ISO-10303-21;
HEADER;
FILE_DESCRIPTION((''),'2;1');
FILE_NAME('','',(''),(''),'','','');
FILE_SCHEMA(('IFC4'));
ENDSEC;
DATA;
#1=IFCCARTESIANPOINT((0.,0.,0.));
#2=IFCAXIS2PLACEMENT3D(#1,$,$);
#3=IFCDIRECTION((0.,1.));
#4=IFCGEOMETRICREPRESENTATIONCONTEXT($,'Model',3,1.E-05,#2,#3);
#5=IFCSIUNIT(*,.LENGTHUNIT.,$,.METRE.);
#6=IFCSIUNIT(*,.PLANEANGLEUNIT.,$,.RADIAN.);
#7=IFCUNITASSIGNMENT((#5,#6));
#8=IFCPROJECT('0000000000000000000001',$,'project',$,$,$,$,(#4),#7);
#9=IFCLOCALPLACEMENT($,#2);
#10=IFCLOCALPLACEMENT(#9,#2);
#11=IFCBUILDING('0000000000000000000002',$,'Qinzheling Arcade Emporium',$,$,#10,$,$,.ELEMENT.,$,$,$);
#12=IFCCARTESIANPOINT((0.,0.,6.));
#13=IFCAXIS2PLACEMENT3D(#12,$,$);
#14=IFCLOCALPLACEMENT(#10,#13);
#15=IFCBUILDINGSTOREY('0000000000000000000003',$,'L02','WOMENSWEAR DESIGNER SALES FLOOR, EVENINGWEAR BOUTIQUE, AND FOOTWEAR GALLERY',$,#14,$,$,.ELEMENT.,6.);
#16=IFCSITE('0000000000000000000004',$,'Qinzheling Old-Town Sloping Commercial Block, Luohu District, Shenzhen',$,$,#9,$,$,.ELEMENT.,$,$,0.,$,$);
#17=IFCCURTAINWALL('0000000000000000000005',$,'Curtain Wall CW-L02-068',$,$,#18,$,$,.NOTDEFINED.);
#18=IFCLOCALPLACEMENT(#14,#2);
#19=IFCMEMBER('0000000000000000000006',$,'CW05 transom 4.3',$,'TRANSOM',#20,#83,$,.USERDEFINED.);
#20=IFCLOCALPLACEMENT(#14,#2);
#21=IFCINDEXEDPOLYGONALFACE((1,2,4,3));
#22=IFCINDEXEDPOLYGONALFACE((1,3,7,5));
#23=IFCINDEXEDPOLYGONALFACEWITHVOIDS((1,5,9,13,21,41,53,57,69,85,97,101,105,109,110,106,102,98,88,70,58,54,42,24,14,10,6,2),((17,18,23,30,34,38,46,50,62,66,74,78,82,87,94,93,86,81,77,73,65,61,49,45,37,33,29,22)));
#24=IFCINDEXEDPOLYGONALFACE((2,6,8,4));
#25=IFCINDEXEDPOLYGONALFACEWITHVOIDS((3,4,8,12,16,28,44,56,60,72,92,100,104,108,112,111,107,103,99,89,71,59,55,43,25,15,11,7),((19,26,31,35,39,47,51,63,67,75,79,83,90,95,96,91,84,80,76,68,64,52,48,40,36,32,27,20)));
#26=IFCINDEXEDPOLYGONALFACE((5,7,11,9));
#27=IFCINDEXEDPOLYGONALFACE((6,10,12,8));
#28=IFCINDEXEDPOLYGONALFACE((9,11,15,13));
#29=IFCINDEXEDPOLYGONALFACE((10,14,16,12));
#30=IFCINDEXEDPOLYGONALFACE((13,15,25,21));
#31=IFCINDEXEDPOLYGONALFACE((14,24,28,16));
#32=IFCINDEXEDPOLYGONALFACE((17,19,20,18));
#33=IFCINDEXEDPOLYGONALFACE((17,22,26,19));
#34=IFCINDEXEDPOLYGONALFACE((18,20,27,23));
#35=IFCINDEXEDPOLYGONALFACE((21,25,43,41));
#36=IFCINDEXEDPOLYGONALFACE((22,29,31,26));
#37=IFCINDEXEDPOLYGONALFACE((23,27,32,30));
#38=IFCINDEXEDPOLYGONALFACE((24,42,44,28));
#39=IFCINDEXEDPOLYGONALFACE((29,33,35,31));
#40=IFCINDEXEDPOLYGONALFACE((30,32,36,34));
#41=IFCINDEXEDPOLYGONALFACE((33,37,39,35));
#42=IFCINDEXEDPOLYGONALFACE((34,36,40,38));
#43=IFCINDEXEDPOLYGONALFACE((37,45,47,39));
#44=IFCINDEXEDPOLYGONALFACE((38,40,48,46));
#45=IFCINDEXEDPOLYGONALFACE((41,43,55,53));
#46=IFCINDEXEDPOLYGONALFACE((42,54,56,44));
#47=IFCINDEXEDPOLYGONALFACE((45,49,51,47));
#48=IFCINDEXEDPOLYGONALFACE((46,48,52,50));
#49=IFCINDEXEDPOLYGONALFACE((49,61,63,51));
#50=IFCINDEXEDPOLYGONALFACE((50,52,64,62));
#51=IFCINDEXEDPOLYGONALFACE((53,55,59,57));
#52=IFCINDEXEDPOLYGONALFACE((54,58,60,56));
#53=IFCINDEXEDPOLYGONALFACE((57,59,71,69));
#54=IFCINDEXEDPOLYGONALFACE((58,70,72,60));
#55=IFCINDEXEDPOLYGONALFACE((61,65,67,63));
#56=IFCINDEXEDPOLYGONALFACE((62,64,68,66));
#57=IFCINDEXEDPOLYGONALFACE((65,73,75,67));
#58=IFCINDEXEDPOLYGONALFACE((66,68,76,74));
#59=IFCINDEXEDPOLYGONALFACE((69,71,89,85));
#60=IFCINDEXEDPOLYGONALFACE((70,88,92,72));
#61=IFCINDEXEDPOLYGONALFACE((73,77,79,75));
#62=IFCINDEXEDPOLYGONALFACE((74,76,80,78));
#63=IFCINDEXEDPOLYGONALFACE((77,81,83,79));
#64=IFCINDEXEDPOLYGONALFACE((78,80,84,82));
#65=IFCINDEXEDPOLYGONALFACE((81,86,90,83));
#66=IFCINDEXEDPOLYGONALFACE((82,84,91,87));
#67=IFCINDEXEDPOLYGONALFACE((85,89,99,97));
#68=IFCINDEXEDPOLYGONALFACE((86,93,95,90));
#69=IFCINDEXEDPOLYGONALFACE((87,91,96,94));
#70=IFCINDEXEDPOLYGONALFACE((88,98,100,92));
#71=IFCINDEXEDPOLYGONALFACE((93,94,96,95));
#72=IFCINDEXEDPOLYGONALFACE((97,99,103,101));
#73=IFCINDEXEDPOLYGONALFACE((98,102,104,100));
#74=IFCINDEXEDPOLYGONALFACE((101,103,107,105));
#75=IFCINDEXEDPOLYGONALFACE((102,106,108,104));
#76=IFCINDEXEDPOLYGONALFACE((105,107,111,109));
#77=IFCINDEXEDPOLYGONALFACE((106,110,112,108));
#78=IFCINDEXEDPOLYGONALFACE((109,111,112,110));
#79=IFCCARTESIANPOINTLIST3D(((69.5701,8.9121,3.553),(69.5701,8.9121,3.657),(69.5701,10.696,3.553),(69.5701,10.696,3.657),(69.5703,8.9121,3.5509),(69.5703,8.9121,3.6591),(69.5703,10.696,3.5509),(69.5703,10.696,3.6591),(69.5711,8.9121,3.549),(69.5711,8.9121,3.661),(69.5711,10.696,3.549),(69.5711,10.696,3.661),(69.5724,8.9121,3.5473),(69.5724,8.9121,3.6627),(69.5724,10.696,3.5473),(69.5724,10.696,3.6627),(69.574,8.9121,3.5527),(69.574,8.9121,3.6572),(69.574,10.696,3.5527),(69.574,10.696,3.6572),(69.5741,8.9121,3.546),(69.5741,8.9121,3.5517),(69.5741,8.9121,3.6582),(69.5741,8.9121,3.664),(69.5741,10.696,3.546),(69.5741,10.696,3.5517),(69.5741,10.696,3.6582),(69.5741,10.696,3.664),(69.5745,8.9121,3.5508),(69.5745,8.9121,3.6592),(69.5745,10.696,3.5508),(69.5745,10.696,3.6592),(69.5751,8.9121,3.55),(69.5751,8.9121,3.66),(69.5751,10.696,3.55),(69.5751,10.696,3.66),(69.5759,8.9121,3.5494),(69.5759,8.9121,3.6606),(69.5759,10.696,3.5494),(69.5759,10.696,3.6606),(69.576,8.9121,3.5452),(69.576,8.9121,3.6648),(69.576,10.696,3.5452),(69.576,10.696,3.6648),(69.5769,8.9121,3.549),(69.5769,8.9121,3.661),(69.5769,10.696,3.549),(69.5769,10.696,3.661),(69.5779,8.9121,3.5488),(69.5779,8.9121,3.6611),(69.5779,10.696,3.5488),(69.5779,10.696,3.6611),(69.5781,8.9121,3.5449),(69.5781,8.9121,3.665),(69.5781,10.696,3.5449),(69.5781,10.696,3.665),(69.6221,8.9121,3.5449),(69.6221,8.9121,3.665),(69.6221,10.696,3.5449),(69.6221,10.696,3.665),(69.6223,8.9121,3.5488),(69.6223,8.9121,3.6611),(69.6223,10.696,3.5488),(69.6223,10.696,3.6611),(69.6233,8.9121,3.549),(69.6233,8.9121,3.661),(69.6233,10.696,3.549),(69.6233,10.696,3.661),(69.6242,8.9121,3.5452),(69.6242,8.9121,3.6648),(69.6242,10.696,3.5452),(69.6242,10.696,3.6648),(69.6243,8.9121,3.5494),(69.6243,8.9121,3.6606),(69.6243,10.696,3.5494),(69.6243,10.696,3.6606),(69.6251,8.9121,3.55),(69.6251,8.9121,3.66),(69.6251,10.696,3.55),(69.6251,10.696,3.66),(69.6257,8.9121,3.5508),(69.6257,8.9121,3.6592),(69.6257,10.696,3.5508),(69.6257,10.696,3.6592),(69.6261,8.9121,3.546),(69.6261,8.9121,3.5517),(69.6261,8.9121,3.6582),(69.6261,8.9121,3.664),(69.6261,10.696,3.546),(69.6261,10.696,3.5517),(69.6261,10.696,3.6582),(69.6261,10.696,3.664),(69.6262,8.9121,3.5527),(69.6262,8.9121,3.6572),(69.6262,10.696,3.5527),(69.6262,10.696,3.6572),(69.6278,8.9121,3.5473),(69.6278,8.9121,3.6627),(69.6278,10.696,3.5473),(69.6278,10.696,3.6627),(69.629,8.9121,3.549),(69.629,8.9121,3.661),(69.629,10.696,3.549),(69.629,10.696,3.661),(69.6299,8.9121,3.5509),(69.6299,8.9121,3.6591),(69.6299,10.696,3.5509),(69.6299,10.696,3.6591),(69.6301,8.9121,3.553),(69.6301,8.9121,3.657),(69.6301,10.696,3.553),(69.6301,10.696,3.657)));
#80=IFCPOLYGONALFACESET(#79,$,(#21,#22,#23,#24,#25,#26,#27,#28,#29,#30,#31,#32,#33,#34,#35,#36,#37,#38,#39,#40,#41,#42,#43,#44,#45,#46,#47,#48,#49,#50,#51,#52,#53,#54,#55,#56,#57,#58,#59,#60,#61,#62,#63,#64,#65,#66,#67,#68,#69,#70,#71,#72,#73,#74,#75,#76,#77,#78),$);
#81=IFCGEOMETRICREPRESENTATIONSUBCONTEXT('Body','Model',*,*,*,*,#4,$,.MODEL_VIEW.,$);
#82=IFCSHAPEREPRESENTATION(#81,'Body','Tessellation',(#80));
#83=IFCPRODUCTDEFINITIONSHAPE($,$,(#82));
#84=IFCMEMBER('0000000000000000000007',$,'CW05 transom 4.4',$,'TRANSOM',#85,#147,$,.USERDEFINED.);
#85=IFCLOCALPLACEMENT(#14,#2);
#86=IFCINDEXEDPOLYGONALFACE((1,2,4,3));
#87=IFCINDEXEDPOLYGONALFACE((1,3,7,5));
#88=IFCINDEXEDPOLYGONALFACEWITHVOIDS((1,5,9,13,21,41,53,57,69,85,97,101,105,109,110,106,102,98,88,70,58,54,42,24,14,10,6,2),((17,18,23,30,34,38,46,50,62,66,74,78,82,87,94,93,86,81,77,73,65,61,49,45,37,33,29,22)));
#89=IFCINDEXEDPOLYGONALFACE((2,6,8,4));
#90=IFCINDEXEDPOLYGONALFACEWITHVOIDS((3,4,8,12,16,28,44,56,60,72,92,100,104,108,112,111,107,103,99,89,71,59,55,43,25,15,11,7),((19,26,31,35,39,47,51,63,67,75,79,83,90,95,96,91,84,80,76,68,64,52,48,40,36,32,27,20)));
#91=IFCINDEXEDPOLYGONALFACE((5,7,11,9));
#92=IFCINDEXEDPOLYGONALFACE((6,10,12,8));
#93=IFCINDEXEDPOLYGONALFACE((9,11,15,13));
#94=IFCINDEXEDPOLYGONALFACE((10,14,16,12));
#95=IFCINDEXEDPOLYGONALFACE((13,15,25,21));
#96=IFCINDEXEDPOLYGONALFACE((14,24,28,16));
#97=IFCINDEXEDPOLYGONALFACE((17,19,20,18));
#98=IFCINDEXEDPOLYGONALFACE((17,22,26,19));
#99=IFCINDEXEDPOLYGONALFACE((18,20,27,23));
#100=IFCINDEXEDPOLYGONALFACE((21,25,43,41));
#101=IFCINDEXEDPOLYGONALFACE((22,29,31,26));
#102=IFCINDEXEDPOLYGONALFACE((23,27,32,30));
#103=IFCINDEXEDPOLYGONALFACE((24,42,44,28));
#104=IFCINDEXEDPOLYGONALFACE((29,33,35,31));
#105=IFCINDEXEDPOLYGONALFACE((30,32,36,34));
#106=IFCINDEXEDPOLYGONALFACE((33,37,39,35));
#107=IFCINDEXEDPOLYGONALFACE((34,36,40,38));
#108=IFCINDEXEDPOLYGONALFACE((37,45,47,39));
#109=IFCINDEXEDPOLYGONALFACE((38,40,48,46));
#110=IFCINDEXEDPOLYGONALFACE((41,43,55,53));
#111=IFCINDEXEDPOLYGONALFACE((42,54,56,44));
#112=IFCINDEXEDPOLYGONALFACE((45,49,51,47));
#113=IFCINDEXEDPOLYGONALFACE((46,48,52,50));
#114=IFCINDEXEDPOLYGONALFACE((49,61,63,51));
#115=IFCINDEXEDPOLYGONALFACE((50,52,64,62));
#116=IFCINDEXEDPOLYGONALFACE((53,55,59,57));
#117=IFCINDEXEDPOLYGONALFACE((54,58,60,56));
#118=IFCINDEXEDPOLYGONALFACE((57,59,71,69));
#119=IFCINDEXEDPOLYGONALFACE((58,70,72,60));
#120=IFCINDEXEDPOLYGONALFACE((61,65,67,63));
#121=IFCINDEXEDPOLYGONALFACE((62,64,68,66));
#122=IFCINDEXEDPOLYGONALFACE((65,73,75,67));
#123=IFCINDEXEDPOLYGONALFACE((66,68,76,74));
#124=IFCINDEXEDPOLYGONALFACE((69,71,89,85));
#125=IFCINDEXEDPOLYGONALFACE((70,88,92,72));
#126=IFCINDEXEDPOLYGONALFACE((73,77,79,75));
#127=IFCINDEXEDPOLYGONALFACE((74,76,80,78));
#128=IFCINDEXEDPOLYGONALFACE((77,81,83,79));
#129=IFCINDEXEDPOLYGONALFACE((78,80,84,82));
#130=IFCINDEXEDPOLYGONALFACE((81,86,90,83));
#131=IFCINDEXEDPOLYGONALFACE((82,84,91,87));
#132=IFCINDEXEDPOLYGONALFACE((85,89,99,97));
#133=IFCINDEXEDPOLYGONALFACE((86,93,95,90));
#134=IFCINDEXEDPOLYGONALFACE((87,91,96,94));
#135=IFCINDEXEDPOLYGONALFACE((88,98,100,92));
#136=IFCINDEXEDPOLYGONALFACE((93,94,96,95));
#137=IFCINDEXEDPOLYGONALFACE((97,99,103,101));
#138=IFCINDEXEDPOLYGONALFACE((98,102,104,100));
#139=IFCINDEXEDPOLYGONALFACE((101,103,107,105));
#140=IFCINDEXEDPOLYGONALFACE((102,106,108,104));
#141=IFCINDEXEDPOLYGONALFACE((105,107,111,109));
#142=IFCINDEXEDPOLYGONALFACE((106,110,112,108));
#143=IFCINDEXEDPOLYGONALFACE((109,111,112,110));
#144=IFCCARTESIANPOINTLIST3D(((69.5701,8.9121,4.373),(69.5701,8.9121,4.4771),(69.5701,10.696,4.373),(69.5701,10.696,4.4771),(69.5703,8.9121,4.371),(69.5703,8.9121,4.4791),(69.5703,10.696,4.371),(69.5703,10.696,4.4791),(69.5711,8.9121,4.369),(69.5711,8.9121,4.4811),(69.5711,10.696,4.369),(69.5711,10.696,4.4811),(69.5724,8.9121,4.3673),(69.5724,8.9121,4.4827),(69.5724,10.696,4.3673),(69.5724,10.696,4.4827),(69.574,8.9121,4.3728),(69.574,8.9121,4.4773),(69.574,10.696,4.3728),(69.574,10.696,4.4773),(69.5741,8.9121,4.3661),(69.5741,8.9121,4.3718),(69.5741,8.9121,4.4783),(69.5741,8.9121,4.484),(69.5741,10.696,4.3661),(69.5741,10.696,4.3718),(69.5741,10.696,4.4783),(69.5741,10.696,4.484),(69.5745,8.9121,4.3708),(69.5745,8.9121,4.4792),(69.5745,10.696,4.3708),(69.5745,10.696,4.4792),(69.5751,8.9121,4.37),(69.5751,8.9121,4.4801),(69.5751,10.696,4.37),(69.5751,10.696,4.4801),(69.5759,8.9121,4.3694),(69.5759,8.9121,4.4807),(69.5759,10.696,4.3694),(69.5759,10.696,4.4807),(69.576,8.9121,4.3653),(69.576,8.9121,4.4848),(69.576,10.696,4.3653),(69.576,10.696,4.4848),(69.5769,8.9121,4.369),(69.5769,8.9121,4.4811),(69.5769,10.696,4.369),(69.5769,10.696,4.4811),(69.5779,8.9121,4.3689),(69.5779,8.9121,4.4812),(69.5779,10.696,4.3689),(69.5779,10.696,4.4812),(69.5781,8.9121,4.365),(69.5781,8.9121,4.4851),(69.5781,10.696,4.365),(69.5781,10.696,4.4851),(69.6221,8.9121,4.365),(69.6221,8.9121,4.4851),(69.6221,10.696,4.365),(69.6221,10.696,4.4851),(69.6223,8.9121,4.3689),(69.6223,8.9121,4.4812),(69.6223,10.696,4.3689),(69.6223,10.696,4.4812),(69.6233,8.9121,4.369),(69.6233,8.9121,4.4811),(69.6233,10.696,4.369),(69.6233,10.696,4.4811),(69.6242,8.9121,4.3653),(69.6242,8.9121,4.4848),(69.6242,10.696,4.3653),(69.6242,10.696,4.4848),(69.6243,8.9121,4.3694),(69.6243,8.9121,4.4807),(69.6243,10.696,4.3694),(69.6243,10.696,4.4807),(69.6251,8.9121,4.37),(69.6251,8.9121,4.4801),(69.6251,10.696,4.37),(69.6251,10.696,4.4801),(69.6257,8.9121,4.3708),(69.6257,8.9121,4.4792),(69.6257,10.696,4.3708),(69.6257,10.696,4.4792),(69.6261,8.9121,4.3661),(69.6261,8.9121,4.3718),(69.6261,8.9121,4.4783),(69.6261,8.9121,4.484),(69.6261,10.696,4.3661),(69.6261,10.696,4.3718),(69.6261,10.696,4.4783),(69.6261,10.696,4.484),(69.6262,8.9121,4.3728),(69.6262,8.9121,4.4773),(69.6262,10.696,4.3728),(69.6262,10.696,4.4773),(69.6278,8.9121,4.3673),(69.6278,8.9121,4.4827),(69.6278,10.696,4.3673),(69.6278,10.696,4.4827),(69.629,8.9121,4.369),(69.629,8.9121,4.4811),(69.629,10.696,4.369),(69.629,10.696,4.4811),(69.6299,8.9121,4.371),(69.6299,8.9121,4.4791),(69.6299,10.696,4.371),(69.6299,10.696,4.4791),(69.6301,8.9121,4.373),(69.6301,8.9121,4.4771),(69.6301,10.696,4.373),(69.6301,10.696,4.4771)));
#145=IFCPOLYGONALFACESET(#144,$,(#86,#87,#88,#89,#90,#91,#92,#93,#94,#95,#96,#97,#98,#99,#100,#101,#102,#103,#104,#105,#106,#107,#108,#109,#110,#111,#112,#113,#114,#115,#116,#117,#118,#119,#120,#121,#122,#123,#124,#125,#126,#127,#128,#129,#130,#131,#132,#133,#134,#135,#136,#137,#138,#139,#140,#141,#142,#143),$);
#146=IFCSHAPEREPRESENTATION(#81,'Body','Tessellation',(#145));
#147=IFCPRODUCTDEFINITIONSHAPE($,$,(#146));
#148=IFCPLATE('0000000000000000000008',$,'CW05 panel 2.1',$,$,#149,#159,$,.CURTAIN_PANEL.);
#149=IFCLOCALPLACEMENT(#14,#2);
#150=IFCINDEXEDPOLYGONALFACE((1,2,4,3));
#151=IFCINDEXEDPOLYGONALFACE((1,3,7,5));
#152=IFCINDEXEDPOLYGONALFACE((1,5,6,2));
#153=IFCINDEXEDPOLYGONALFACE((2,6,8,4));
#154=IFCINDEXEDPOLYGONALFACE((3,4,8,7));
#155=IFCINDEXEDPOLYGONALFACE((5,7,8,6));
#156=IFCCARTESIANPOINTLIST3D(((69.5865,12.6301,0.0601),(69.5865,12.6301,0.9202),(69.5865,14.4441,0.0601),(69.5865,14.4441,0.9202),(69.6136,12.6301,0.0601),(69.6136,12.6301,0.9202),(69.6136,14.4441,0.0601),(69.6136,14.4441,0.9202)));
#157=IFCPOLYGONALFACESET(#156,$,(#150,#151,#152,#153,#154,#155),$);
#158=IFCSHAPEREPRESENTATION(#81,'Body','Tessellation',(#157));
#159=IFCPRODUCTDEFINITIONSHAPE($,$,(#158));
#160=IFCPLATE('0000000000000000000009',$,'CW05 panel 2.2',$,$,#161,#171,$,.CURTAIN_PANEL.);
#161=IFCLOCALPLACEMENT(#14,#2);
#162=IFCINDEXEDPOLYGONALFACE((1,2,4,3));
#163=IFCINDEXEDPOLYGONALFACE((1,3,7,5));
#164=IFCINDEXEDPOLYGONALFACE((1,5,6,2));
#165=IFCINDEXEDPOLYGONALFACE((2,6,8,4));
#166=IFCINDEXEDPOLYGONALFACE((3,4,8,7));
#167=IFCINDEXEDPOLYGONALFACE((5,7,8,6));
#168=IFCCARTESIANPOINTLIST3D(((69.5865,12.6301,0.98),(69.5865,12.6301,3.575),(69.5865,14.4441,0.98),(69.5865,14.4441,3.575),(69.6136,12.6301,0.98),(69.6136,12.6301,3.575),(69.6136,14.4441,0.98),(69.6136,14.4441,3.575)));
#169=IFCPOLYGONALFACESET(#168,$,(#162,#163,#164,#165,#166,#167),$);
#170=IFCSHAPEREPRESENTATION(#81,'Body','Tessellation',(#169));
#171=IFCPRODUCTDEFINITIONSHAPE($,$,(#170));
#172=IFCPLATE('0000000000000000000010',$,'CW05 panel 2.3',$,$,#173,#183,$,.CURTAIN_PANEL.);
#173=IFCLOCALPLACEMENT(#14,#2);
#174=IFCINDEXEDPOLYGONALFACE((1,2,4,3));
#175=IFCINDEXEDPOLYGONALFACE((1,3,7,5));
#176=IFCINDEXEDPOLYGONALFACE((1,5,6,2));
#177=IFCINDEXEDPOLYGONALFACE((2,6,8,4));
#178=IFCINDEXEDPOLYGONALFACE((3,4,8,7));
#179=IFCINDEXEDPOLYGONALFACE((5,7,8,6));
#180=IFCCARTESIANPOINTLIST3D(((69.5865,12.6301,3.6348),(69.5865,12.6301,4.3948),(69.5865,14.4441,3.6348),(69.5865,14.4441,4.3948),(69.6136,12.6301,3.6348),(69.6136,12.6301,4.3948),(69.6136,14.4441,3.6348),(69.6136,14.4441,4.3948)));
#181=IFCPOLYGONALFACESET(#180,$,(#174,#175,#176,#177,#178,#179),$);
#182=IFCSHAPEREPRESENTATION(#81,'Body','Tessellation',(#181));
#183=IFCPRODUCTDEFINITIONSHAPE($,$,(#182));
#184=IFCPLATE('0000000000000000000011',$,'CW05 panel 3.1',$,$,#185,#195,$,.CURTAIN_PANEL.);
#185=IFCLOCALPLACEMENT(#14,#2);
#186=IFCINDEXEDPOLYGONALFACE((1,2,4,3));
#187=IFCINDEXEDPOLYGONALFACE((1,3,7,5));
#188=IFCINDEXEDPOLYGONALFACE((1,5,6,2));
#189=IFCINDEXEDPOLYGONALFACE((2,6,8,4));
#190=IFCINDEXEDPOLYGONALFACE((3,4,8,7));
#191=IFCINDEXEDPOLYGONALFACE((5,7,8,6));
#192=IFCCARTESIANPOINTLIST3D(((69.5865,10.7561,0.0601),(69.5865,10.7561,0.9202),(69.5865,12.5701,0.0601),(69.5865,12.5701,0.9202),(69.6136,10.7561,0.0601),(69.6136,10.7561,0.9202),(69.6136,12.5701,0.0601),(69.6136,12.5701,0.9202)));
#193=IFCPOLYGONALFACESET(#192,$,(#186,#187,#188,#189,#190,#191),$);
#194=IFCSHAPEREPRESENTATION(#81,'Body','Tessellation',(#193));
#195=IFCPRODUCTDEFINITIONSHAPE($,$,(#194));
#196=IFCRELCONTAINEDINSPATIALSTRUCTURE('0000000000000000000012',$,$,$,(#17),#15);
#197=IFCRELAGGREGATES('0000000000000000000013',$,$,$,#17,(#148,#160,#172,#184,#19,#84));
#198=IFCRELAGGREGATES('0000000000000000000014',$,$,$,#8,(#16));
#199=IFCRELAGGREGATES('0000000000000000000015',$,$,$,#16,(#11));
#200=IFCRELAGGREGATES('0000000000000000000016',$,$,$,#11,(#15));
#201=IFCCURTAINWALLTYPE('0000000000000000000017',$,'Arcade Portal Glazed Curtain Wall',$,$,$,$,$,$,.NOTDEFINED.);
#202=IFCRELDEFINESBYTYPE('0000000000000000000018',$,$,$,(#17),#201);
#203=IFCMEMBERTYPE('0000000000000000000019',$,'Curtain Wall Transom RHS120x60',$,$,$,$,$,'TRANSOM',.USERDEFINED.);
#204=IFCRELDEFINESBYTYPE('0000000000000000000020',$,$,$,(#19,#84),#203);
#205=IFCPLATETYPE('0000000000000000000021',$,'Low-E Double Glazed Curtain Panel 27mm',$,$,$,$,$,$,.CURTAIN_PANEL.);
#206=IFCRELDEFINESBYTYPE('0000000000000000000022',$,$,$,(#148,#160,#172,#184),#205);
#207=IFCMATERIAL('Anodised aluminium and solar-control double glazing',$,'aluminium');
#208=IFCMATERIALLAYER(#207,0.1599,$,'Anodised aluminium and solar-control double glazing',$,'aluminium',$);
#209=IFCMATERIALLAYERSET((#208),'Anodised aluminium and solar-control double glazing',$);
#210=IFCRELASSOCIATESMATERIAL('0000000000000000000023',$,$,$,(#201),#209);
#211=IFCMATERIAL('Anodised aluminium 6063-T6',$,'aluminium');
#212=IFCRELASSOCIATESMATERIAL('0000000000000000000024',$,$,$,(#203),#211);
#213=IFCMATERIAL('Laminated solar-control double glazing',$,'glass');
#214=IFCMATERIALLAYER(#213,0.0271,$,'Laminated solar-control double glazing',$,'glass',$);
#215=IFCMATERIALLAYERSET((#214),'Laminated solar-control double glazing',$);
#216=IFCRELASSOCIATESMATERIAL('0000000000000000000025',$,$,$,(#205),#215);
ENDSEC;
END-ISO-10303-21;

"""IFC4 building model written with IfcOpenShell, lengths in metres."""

from ifc_helpers import new_model, si_unit, direction, frame, origin, origin_2d, place, context, subcontext, project, spatial, rectangle, hollow_rectangle, extrude, material, layer, layer_set, material_profile, profile_set, type_object, element, aggregate, save


model = new_model("IFC4")

# Units and contexts
model_context = context("Model", 3, precision=1e-05, world=origin(), true_north=direction((0.0, 1.0)))
body_context = subcontext(model_context, "Body", "Model", "MODEL_VIEW")
ifc_project = project(units=[si_unit("LENGTHUNIT", "METRE"), si_unit("PLANEANGLEUNIT", "RADIAN")], contexts=[model_context])

# Site, building, storey
site_placement = place(None, origin())
site = spatial("IfcSite", under=ifc_project, at=site_placement, Name="Qinzheling Old-Town Sloping Commercial Block, Luohu District, Shenzhen", CompositionType="ELEMENT", RefElevation=0.0)
building_placement = place(site_placement, origin())
building = spatial("IfcBuilding", under=site, at=building_placement, Name="Qinzheling Arcade Emporium", CompositionType="ELEMENT")
storey_placement = place(building_placement, frame((0.0, 0.0, 6.0)))
storey = spatial("IfcBuildingStorey", under=building, at=storey_placement, Name="L02", Description="WOMENSWEAR DESIGNER SALES FLOOR, EVENINGWEAR BOUTIQUE, AND FOOTWEAR GALLERY", CompositionType="ELEMENT", Elevation=6.0)

# Curtain wall, members, plates
ifc_material_1 = material(Name="Anodised aluminium and solar-control double glazing", Category="aluminium")
ifc_layer_1 = layer(ifc_material_1, 0.1599, Name="Anodised aluminium and solar-control double glazing", Category="aluminium")
ifc_layer_set_1 = layer_set([ifc_layer_1], Name="Anodised aluminium and solar-control double glazing")
curtain_wall_type = type_object("IfcCurtainWallType", Name="Arcade Portal Glazed Curtain Wall", PredefinedType="NOTDEFINED", material=ifc_layer_set_1)
curtain_wall_placement = place(storey_placement, origin())
curtain_wall = element("IfcCurtainWall", 1, at=curtain_wall_placement, inside=storey, type_object=curtain_wall_type, Name="Curtain Wall CW-L02-068", PredefinedType="NOTDEFINED")
ifc_material_2 = material(Name="Anodised aluminium 6063-T6", Category="aluminium")
ifc_material_profile_1 = material_profile(ifc_material_2, hollow_rectangle(XDim=0.0601, YDim=0.1201, WallThickness=0.0039, InnerFilletRadius=0.0039, OuterFilletRadius=0.0081, at=origin_2d()), Name="RHS 120x60x4", Category="aluminium")
ifc_profile_set_1 = profile_set([ifc_material_profile_1], Name="Anodised aluminium 6063-T6")
member_type_1 = type_object("IfcMemberType", Name="Curtain Wall Transom RHS120x60", ElementType="TRANSOM", PredefinedType="USERDEFINED", material=ifc_profile_set_1)
member_1_placement = place(storey_placement, frame((69.6001, 10.696, 3.605), z_axis=(0.0, -1.0, 0.0), x_axis=(1.0, 0.0, 0.0)))
member_1 = element("IfcMember", 2, at=member_1_placement, type_object=member_type_1, Name="CW05 transom 4.3", ObjectType="TRANSOM", PredefinedType="USERDEFINED", context=body_context, shape_type="SweptSolid", body=[
    extrude(hollow_rectangle(XDim=0.0601, YDim=0.1201, WallThickness=0.0039, InnerFilletRadius=0.0039, OuterFilletRadius=0.0081, at=origin_2d()), origin(), (0.0, 0.0, 1.0), 1.7839),
])
member_2_placement = place(storey_placement, frame((69.6001, 10.696, 4.425), z_axis=(0.0, -1.0, 0.0), x_axis=(1.0, 0.0, 0.0)))
member_2 = element("IfcMember", 3, at=member_2_placement, type_object=member_type_1, Name="CW05 transom 4.4", ObjectType="TRANSOM", PredefinedType="USERDEFINED", context=body_context, shape_type="SweptSolid", body=[
    extrude(hollow_rectangle(XDim=0.0601, YDim=0.1201, WallThickness=0.0039, InnerFilletRadius=0.0039, OuterFilletRadius=0.0081, at=origin_2d()), origin(), (0.0, 0.0, 1.0), 1.7839),
])
ifc_material_3 = material(Name="Laminated solar-control double glazing", Category="glass")
ifc_layer_2 = layer(ifc_material_3, 0.0271, Name="Laminated solar-control double glazing", Category="glass")
ifc_layer_set_2 = layer_set([ifc_layer_2], Name="Laminated solar-control double glazing")
plate_type_1 = type_object("IfcPlateType", Name="Low-E Double Glazed Curtain Panel 27mm", PredefinedType="CURTAIN_PANEL", material=ifc_layer_set_2)
plate_1_placement = place(storey_placement, frame((69.6001, 13.5371, 0.0601), z_axis=(0.0, 0.0, 1.0), x_axis=(0.0, -1.0, 0.0)))
plate_1 = element("IfcPlate", 4, at=plate_1_placement, type_object=plate_type_1, Name="CW05 panel 2.1", PredefinedType="CURTAIN_PANEL", context=body_context, shape_type="SweptSolid", body=[
    extrude(rectangle(XDim=1.814, YDim=0.0271, at=origin_2d()), origin(), (0.0, 0.0, 1.0), 0.8601),
])
plate_2_placement = place(storey_placement, frame((69.6001, 13.5371, 0.98), z_axis=(0.0, 0.0, 1.0), x_axis=(0.0, -1.0, 0.0)))
plate_2 = element("IfcPlate", 5, at=plate_2_placement, type_object=plate_type_1, Name="CW05 panel 2.2", PredefinedType="CURTAIN_PANEL", context=body_context, shape_type="SweptSolid", body=[
    extrude(rectangle(XDim=1.814, YDim=0.0271, at=origin_2d()), origin(), (0.0, 0.0, 1.0), 2.595),
])
plate_3_placement = place(storey_placement, frame((69.6001, 13.5371, 3.6348), z_axis=(0.0, 0.0, 1.0), x_axis=(0.0, -1.0, 0.0)))
plate_3 = element("IfcPlate", 6, at=plate_3_placement, type_object=plate_type_1, Name="CW05 panel 2.3", PredefinedType="CURTAIN_PANEL", context=body_context, shape_type="SweptSolid", body=[
    extrude(rectangle(XDim=1.814, YDim=0.0271, at=origin_2d()), origin(), (0.0, 0.0, 1.0), 0.76),
])
plate_4_placement = place(storey_placement, frame((69.6001, 11.6631, 0.0601), z_axis=(0.0, 0.0, 1.0), x_axis=(0.0, -1.0, 0.0)))
plate_4 = element("IfcPlate", 7, at=plate_4_placement, type_object=plate_type_1, Name="CW05 panel 3.1", PredefinedType="CURTAIN_PANEL", context=body_context, shape_type="SweptSolid", body=[
    extrude(rectangle(XDim=1.814, YDim=0.0271, at=origin_2d()), origin(), (0.0, 0.0, 1.0), 0.8601),
])
aggregate(curtain_wall, [plate_1, plate_2, plate_3, plate_4, member_1, member_2])

save(model, "model.ifc")
